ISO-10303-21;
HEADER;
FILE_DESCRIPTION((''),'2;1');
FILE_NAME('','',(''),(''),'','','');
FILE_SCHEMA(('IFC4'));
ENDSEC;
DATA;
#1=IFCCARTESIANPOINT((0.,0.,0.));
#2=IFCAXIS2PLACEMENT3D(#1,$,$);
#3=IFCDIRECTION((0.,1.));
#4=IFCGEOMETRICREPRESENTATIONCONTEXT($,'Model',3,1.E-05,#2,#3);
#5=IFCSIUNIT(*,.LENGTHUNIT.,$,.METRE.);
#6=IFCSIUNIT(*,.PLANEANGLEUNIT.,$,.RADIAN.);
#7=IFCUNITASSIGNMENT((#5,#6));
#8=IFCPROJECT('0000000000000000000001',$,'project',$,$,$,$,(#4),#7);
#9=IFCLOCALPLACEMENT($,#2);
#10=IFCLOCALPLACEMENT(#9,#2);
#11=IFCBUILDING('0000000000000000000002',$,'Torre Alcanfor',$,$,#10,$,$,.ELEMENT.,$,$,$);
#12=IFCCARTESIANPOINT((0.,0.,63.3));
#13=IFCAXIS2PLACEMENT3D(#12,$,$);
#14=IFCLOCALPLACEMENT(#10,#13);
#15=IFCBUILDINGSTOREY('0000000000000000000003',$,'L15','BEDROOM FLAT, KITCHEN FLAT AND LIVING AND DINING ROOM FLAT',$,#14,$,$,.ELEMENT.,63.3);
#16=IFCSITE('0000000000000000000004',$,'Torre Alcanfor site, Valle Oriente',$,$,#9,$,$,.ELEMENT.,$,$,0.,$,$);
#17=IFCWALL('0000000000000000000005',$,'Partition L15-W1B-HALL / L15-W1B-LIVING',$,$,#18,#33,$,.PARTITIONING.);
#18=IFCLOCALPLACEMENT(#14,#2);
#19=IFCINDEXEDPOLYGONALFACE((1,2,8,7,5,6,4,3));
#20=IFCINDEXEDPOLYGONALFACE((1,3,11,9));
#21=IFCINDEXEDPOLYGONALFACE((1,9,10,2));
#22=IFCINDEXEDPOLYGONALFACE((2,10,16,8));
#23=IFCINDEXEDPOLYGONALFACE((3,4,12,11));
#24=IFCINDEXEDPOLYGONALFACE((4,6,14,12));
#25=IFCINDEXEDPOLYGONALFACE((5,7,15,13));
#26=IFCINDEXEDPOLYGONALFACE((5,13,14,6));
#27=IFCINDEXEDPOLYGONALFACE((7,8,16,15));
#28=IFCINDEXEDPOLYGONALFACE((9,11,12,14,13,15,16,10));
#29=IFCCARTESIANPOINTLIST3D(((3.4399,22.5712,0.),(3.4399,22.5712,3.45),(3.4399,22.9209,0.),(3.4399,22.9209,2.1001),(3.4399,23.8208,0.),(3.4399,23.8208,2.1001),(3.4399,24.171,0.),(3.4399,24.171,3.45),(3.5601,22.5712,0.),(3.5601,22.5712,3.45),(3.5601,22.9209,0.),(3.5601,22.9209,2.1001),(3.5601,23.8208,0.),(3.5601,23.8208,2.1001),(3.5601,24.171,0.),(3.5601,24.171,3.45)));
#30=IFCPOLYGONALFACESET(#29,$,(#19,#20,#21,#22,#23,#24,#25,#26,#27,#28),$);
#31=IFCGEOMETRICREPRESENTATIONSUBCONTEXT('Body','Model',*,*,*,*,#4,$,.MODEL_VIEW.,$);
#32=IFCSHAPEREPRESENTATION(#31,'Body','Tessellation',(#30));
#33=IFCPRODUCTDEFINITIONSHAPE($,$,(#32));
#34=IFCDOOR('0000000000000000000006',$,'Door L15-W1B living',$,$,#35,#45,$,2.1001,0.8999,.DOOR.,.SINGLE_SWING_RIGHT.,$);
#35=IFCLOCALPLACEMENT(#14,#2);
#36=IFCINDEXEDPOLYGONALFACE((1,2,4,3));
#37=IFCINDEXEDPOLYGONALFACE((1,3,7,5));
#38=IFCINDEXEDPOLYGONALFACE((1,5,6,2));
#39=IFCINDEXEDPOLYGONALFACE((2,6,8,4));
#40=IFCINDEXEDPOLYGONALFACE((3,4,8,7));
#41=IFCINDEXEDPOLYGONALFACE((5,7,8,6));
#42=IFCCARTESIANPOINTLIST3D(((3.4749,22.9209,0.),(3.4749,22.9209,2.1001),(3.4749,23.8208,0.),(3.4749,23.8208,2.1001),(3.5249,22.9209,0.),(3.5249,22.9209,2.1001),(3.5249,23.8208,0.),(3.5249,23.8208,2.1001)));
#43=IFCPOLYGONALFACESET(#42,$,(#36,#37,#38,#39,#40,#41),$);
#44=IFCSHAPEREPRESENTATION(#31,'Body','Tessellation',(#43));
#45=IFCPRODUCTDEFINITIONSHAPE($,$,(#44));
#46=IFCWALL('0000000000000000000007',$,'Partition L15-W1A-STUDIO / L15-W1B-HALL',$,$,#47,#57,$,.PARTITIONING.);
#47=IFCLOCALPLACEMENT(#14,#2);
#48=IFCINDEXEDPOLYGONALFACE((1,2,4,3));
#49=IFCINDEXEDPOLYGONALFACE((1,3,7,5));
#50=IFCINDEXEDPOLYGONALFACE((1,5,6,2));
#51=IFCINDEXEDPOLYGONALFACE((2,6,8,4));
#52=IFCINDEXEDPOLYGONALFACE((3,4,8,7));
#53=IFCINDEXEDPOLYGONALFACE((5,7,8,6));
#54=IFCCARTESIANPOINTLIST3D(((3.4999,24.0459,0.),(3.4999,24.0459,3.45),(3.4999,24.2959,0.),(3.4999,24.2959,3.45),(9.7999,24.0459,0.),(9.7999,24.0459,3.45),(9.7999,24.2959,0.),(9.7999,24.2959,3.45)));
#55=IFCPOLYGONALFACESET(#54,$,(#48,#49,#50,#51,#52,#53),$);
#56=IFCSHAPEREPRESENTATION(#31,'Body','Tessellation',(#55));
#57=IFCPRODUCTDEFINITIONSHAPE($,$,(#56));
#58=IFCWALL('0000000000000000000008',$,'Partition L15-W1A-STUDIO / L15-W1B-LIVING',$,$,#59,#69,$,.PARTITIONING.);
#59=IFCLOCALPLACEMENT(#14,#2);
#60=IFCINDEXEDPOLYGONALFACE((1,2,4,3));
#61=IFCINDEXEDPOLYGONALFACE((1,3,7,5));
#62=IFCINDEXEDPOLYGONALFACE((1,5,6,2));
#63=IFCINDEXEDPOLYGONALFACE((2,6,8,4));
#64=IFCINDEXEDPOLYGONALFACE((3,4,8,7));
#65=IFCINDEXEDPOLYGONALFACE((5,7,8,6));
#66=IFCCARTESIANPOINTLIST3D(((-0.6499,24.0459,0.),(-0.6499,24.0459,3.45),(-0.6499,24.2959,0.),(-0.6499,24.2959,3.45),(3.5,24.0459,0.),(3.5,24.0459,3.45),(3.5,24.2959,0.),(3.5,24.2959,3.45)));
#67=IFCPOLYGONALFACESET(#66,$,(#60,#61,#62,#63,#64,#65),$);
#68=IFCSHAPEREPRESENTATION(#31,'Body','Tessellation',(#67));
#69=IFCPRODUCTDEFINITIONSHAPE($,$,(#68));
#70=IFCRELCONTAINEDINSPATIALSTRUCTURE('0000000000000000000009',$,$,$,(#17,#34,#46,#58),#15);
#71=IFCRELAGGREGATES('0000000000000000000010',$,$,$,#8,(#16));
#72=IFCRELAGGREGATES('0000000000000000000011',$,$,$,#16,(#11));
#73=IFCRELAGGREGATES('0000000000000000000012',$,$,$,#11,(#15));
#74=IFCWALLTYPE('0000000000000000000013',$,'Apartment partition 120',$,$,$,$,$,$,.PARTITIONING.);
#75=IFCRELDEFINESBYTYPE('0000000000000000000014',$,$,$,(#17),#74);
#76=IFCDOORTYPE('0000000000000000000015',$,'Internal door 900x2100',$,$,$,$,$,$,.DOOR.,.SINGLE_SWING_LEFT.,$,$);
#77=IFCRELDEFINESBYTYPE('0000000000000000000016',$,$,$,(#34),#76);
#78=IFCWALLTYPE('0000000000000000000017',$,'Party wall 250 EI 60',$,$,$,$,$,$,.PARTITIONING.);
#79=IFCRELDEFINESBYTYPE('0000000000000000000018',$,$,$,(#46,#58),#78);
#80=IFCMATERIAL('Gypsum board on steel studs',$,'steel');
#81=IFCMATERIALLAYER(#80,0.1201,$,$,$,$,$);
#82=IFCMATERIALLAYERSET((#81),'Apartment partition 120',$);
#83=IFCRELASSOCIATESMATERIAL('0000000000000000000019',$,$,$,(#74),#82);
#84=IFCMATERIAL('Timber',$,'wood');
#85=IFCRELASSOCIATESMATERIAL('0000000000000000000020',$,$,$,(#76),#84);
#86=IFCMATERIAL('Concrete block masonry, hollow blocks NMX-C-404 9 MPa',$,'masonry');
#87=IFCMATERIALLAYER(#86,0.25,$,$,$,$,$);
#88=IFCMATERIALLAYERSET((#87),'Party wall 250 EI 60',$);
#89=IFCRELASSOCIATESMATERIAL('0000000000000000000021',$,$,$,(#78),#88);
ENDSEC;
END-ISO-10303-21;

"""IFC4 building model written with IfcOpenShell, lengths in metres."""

from ifc_helpers import new_model, si_unit, direction, frame, frame_2d, origin, place, context, subcontext, project, spatial, rectangle, extrude, material, layer, layer_set, type_object, element, fill, save


model = new_model("IFC4")

# Units and contexts
model_context = context("Model", 3, precision=1e-05, world=origin(), true_north=direction((0.0, 1.0)))
body_context = subcontext(model_context, "Body", "Model", "MODEL_VIEW")
ifc_project = project(units=[si_unit("LENGTHUNIT", "METRE"), si_unit("PLANEANGLEUNIT", "RADIAN")], contexts=[model_context])

# Site, building, storey
site_placement = place(None, origin())
site = spatial("IfcSite", under=ifc_project, at=site_placement, Name="Torre Alcanfor site, Valle Oriente", CompositionType="ELEMENT", RefElevation=0.0)
building_placement = place(site_placement, origin())
building = spatial("IfcBuilding", under=site, at=building_placement, Name="Torre Alcanfor", CompositionType="ELEMENT")
storey_placement = place(building_placement, frame((0.0, 0.0, 63.3)))
storey = spatial("IfcBuildingStorey", under=building, at=storey_placement, Name="L15", Description="BEDROOM FLAT, KITCHEN FLAT AND LIVING AND DINING ROOM FLAT", CompositionType="ELEMENT", Elevation=63.3)

# Shared definitions
ifc_material_1 = material(Name="Gypsum board on steel studs", Category="steel")
ifc_layer_1 = layer(ifc_material_1, 0.1201)
ifc_layer_set_1 = layer_set([ifc_layer_1], Name="Apartment partition 120")
wall_type_1 = type_object("IfcWallType", Name="Apartment partition 120", PredefinedType="PARTITIONING", material=ifc_layer_set_1)

# Wall, opening, door
wall_1_placement = place(storey_placement, frame((3.5, 24.1709, 0.0), z_axis=(0.0, 0.0, 1.0), x_axis=(0.0, -1.0, 0.0)))
wall_1 = element("IfcWall", 1, at=wall_1_placement, inside=storey, type_object=wall_type_1, Name="Partition L15-W1B-HALL / L15-W1B-LIVING", PredefinedType="PARTITIONING", context=body_context, shape_type="SweptSolid", body=[
    extrude(rectangle(XDim=1.5999, YDim=0.1201, at=frame_2d((0.7998, 0.0))), origin(), (0.0, 0.0, 1.0), 3.45),
])
opening_placement = place(wall_1_placement, frame((0.3501, 0.0, 0.0)))
opening = element("IfcOpeningElement", 2, at=opening_placement, cuts=wall_1, PredefinedType="OPENING", context=body_context, shape_type="SweptSolid", body=[
    extrude(rectangle(XDim=0.8999, YDim=2.1001, at=frame_2d((0.45, 1.05))), frame((0.0, 0.0701, 0.0), z_axis=(0.0, -1.0, 0.0), x_axis=(1.0, 0.0, 0.0)), (0.0, 0.0, 1.0), 0.1401),
])
ifc_material_2 = material(Name="Timber", Category="wood")
door_type = type_object("IfcDoorType", Name="Internal door 900x2100", OperationType="SINGLE_SWING_LEFT", PredefinedType="DOOR", material=ifc_material_2)
door_placement = place(opening_placement, frame((0.8999, 0.0, 0.0), z_axis=(0.0, 0.0, 1.0), x_axis=(-1.0, 0.0, 0.0)))
door = element("IfcDoor", 3, at=door_placement, inside=storey, type_object=door_type, Name="Door L15-W1B living", OperationType="SINGLE_SWING_RIGHT", OverallHeight=2.1001, OverallWidth=0.8999, PredefinedType="DOOR", context=body_context, shape_type="SweptSolid", body=[
    extrude(rectangle(XDim=0.8999, YDim=2.1001, at=frame_2d((0.45, 1.05))), frame((0.0, 0.0251, 0.0), z_axis=(0.0, -1.0, 0.0), x_axis=(1.0, 0.0, 0.0)), (0.0, 0.0, 1.0), 0.05),
])
fill(opening, door)

# Walls
ifc_material_3 = material(Name="Concrete block masonry, hollow blocks NMX-C-404 9 MPa", Category="masonry")
ifc_layer_2 = layer(ifc_material_3, 0.25)
ifc_layer_set_2 = layer_set([ifc_layer_2], Name="Party wall 250 EI 60")
wall_type_2 = type_object("IfcWallType", Name="Party wall 250 EI 60", PredefinedType="PARTITIONING", material=ifc_layer_set_2)
wall_2_placement = place(storey_placement, frame((3.5, 24.1709, 0.0), z_axis=(0.0, 0.0, 1.0), x_axis=(1.0, 0.0, 0.0)))
element("IfcWall", 4, at=wall_2_placement, inside=storey, type_object=wall_type_2, Name="Partition L15-W1A-STUDIO / L15-W1B-HALL", PredefinedType="PARTITIONING", context=body_context, shape_type="SweptSolid", body=[
    extrude(rectangle(XDim=6.3, YDim=0.25, at=frame_2d((3.1499, 0.0))), origin(), (0.0, 0.0, 1.0), 3.45),
])
wall_3_placement = place(storey_placement, frame((-0.6499, 24.1709, 0.0), z_axis=(0.0, 0.0, 1.0), x_axis=(1.0, 0.0, 0.0)))
element("IfcWall", 5, at=wall_3_placement, inside=storey, type_object=wall_type_2, Name="Partition L15-W1A-STUDIO / L15-W1B-LIVING", PredefinedType="PARTITIONING", context=body_context, shape_type="SweptSolid", body=[
    extrude(rectangle(XDim=4.1499, YDim=0.25, at=frame_2d((2.075, 0.0))), origin(), (0.0, 0.0, 1.0), 3.45),
])

save(model, "model.ifc")
